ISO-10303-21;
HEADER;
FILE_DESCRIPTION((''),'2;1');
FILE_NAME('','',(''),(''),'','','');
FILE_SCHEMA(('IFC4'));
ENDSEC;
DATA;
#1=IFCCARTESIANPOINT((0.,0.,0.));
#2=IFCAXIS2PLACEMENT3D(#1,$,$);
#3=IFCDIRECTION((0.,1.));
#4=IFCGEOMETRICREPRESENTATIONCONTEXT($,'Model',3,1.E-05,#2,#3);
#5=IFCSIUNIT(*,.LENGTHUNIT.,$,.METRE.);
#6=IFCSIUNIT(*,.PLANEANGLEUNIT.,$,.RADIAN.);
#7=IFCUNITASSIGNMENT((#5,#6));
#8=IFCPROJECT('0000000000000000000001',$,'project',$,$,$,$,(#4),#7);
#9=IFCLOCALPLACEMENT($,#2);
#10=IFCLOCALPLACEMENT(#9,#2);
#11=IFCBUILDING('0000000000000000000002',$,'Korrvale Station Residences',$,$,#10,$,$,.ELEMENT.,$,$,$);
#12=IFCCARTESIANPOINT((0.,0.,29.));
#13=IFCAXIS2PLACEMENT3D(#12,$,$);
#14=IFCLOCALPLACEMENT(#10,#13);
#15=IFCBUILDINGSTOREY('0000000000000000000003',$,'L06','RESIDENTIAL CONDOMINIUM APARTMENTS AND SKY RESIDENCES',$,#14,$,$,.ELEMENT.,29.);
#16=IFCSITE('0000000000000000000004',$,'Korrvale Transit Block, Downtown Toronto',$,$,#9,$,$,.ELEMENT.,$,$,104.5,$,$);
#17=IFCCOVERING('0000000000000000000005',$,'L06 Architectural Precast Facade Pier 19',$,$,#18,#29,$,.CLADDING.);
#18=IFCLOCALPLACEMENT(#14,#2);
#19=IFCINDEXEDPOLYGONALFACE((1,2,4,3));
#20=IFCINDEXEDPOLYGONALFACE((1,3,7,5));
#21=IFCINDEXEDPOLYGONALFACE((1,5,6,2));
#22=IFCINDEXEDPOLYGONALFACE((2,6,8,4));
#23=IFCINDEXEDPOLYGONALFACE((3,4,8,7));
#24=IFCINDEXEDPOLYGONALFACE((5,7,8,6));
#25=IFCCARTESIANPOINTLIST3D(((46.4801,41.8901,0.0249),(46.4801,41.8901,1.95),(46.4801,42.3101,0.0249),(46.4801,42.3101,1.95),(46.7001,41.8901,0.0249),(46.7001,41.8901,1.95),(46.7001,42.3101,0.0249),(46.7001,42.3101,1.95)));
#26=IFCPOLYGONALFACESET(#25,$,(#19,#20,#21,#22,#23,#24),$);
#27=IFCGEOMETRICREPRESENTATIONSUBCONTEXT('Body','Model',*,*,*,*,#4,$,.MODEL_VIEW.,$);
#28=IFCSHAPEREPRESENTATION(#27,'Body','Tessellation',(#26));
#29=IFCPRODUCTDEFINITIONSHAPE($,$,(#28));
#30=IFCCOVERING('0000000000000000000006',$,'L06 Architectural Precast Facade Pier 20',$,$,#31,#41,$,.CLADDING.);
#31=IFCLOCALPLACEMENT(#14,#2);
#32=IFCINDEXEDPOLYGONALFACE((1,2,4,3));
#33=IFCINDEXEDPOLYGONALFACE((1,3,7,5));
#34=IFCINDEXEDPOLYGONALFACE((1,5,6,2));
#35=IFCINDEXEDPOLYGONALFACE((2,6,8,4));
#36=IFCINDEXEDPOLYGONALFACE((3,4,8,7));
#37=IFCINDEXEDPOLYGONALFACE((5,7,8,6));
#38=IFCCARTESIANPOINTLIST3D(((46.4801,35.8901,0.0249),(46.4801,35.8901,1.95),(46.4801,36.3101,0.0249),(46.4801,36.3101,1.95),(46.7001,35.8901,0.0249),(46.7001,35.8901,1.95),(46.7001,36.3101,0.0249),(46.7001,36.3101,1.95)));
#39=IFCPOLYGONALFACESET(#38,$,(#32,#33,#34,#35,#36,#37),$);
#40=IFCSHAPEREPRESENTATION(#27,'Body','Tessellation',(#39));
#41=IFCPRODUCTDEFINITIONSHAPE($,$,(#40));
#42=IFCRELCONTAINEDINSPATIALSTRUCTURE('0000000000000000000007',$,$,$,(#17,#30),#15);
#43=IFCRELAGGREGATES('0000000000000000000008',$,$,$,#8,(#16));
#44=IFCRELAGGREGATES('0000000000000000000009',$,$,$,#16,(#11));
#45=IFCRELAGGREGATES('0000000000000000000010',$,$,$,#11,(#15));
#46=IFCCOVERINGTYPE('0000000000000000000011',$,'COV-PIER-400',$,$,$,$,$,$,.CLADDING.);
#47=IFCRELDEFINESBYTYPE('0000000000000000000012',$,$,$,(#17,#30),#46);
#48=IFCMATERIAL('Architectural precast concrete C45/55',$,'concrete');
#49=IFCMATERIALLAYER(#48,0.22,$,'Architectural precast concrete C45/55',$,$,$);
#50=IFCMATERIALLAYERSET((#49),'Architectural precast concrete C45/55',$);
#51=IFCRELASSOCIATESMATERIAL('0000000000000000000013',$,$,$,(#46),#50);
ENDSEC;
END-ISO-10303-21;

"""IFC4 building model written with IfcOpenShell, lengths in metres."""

from ifc_helpers import new_model, si_unit, direction, frame, origin, origin_2d, place, context, subcontext, project, spatial, rectangle, extrude, material, layer, layer_set, type_object, element, save


model = new_model("IFC4")

# Units and contexts
model_context = context("Model", 3, precision=1e-05, world=origin(), true_north=direction((0.0, 1.0)))
body_context = subcontext(model_context, "Body", "Model", "MODEL_VIEW")
ifc_project = project(units=[si_unit("LENGTHUNIT", "METRE"), si_unit("PLANEANGLEUNIT", "RADIAN")], contexts=[model_context])

# Site, building, storey
site_placement = place(None, origin())
site = spatial("IfcSite", under=ifc_project, at=site_placement, Name="Korrvale Transit Block, Downtown Toronto", CompositionType="ELEMENT", RefElevation=104.5)
building_placement = place(site_placement, origin())
building = spatial("IfcBuilding", under=site, at=building_placement, Name="Korrvale Station Residences", CompositionType="ELEMENT")
storey_placement = place(building_placement, frame((0.0, 0.0, 29.0)))
storey = spatial("IfcBuildingStorey", under=building, at=storey_placement, Name="L06", Description="RESIDENTIAL CONDOMINIUM APARTMENTS AND SKY RESIDENCES", CompositionType="ELEMENT", Elevation=29.0)

# Coverings
ifc_material_1 = material(Name="Architectural precast concrete C45/55", Category="concrete")
ifc_layer_1 = layer(ifc_material_1, 0.22, Name="Architectural precast concrete C45/55")
ifc_layer_set_1 = layer_set([ifc_layer_1], Name="Architectural precast concrete C45/55")
covering_type = type_object("IfcCoveringType", Name="COV-PIER-400", PredefinedType="CLADDING", material=ifc_layer_set_1)
for number, where, z_axis, x_axis, name in (
    (1, (46.5901, 42.1001, 0.0249), (0.0, 0.0, 1.0), (0.0, 1.0, 0.0), "L06 Architectural Precast Facade Pier 19"),
    (2, (46.5901, 36.1001, 0.0249), (0.0, 0.0, 1.0), (0.0, 1.0, 0.0), "L06 Architectural Precast Facade Pier 20"),
):
    element("IfcCovering", number, at=place(storey_placement, frame(where, z_axis=z_axis, x_axis=x_axis)), inside=storey, type_object=covering_type, Name=name, PredefinedType="CLADDING", context=body_context, shape_type="SweptSolid", body=[
        extrude(rectangle(XDim=0.4199, YDim=0.22, at=origin_2d()), origin(), (0.0, 0.0, 1.0), 1.925),
    ])

save(model, "model.ifc")
